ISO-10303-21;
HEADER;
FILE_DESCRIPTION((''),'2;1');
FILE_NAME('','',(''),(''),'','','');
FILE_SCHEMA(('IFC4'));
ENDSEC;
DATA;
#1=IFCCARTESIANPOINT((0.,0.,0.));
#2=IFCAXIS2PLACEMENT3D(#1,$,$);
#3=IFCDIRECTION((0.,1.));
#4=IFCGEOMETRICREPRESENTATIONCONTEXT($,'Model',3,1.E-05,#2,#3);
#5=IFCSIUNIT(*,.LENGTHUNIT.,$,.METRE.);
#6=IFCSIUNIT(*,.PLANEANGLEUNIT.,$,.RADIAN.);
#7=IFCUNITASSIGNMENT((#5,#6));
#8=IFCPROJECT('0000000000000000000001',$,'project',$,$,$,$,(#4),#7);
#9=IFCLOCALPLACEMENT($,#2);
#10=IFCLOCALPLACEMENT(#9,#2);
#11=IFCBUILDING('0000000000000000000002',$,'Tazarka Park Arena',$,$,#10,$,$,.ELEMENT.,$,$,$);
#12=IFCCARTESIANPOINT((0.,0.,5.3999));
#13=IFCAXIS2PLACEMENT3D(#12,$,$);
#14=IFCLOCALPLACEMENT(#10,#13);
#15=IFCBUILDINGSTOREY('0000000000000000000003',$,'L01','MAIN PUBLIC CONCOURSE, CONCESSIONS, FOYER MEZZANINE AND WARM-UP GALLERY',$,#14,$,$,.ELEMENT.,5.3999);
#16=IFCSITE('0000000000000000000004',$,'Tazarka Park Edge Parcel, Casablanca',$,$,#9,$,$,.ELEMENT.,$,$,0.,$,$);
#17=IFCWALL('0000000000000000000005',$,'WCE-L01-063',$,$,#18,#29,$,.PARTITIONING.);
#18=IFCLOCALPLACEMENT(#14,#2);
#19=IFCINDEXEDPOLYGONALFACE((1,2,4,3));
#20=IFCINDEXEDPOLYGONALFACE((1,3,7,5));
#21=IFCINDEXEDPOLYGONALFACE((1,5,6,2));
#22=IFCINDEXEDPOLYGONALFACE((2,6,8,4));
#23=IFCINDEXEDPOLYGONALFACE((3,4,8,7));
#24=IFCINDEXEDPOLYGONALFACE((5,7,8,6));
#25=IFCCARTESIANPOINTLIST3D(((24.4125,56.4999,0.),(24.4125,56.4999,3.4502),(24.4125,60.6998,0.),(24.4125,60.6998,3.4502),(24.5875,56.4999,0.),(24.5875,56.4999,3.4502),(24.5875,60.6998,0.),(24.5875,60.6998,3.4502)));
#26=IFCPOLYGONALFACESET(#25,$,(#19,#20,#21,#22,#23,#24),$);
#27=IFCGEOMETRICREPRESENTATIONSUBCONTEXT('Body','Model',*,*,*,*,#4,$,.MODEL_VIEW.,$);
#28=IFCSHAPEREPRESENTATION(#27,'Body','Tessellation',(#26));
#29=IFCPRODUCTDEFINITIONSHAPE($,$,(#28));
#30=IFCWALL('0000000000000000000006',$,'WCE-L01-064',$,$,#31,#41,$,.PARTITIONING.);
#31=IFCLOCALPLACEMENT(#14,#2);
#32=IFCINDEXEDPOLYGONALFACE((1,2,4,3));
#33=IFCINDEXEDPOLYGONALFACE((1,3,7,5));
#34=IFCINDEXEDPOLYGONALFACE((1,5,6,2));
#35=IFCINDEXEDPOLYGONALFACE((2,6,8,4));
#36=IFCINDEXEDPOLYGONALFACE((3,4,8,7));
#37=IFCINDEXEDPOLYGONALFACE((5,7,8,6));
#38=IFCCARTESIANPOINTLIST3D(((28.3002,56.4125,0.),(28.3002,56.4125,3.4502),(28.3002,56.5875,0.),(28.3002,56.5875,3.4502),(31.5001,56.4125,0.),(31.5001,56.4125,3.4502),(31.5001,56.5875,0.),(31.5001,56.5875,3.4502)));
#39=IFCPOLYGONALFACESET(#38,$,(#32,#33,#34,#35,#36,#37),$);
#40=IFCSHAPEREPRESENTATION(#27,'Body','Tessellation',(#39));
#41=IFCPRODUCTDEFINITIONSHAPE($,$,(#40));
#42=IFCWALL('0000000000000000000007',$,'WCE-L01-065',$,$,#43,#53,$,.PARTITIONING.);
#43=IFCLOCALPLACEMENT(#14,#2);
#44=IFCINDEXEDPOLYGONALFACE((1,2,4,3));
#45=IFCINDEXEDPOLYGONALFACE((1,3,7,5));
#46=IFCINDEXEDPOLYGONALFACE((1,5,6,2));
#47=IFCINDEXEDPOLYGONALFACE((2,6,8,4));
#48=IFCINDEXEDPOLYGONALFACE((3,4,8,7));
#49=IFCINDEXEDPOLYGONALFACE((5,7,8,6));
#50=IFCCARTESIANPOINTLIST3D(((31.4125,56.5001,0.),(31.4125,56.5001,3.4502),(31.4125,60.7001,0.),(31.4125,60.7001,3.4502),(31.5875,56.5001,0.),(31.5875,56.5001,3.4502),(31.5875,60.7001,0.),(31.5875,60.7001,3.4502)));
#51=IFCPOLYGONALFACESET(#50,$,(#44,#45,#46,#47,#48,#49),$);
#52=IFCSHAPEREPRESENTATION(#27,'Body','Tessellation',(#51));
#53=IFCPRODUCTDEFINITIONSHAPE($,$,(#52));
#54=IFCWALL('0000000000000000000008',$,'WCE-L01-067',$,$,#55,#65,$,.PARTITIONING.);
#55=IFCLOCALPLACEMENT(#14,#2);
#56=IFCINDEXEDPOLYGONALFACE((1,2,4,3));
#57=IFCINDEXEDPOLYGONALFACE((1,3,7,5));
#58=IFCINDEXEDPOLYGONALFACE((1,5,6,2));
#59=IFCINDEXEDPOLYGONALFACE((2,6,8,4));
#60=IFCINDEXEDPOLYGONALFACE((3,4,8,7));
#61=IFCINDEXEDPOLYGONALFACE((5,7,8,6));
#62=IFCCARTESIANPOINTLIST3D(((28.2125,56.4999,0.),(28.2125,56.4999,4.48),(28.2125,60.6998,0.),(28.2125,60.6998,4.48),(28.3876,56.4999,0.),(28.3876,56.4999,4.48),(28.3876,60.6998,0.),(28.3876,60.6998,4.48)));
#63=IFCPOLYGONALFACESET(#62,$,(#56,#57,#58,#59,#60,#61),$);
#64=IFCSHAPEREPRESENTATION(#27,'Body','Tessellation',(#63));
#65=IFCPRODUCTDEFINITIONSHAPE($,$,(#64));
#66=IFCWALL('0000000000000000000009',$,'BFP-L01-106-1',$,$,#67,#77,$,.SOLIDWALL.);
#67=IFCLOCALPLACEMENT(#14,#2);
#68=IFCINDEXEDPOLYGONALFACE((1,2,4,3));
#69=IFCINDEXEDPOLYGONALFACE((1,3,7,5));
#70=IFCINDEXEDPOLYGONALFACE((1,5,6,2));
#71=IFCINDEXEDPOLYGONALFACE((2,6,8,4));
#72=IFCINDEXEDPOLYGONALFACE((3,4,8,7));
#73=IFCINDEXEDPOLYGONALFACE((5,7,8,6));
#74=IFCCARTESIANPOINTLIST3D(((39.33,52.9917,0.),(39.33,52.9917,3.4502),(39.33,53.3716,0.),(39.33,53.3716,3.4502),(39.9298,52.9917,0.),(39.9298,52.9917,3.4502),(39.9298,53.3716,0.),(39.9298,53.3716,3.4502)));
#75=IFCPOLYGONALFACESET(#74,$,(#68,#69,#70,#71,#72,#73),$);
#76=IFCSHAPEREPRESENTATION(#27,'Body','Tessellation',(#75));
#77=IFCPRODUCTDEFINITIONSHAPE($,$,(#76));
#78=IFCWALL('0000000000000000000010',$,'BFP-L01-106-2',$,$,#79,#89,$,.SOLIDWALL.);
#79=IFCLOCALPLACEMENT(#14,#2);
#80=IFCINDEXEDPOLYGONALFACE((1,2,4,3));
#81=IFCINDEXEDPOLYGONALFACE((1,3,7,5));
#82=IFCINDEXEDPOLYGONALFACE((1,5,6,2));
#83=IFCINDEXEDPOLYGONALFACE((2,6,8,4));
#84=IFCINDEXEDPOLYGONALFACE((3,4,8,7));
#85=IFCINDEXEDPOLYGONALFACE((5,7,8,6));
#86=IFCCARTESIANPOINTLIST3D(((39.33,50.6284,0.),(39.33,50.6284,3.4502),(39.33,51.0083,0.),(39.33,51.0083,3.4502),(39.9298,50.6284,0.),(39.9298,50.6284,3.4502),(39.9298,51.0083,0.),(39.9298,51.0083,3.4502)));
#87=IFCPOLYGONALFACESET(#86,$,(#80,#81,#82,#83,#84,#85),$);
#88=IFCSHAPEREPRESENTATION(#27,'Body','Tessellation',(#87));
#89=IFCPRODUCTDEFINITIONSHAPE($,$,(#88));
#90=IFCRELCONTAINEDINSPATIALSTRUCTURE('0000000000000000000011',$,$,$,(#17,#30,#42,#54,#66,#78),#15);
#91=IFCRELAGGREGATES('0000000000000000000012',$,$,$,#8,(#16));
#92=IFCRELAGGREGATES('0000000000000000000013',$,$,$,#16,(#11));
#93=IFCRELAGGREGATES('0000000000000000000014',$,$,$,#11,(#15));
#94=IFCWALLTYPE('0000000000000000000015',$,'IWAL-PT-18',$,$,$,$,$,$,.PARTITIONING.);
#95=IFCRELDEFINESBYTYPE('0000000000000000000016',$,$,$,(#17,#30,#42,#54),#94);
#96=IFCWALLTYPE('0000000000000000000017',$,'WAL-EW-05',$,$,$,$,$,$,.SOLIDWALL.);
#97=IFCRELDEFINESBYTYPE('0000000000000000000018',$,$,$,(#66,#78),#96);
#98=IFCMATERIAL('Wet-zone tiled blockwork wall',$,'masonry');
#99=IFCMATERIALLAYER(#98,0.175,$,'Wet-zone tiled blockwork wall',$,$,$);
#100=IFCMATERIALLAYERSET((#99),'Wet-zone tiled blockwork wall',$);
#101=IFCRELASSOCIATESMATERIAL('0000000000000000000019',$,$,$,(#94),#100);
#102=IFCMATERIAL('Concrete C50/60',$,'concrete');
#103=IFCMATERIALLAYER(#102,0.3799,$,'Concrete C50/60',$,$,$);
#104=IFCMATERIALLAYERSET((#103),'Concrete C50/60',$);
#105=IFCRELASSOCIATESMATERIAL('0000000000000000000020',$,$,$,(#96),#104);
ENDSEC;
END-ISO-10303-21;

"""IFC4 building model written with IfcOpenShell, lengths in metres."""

from ifc_helpers import new_model, si_unit, direction, frame, frame_2d, origin, place, context, subcontext, project, spatial, rectangle, extrude, material, layer, layer_set, type_object, element, save


model = new_model("IFC4")

# Units and contexts
model_context = context("Model", 3, precision=1e-05, world=origin(), true_north=direction((0.0, 1.0)))
body_context = subcontext(model_context, "Body", "Model", "MODEL_VIEW")
ifc_project = project(units=[si_unit("LENGTHUNIT", "METRE"), si_unit("PLANEANGLEUNIT", "RADIAN")], contexts=[model_context])

# Site, building, storey
site_placement = place(None, origin())
site = spatial("IfcSite", under=ifc_project, at=site_placement, Name="Tazarka Park Edge Parcel, Casablanca", CompositionType="ELEMENT", RefElevation=0.0)
building_placement = place(site_placement, origin())
building = spatial("IfcBuilding", under=site, at=building_placement, Name="Tazarka Park Arena", CompositionType="ELEMENT")
storey_placement = place(building_placement, frame((0.0, 0.0, 5.3999)))
storey = spatial("IfcBuildingStorey", under=building, at=storey_placement, Name="L01", Description="MAIN PUBLIC CONCOURSE, CONCESSIONS, FOYER MEZZANINE AND WARM-UP GALLERY", CompositionType="ELEMENT", Elevation=5.3999)

# Shared definitions
ifc_material_1 = material(Name="Wet-zone tiled blockwork wall", Category="masonry")
ifc_layer_1 = layer(ifc_material_1, 0.175, Name="Wet-zone tiled blockwork wall")
ifc_layer_set_1 = layer_set([ifc_layer_1], Name="Wet-zone tiled blockwork wall")
wall_type_1 = type_object("IfcWallType", Name="IWAL-PT-18", PredefinedType="PARTITIONING", material=ifc_layer_set_1)

# Walls
wall_1_placement = place(storey_placement, frame((24.5, 60.7, 0.0), z_axis=(0.0, 0.0, 1.0), x_axis=(0.0, -1.0, 0.0)))
element("IfcWall", 1, at=wall_1_placement, inside=storey, type_object=wall_type_1, Name="WCE-L01-063", PredefinedType="PARTITIONING", context=body_context, shape_type="SweptSolid", body=[
    extrude(rectangle(XDim=4.2, YDim=0.175, at=frame_2d((2.1001, 0.0))), origin(), (0.0, 0.0, 1.0), 3.4502),
])
wall_2_placement = place(storey_placement, frame((28.3, 56.5, 0.0), z_axis=(0.0, 0.0, 1.0), x_axis=(1.0, 0.0, 0.0)))
element("IfcWall", 2, at=wall_2_placement, inside=storey, type_object=wall_type_1, Name="WCE-L01-064", PredefinedType="PARTITIONING", context=body_context, shape_type="SweptSolid", body=[
    extrude(rectangle(XDim=3.2, YDim=0.175, at=frame_2d((1.6001, 0.0))), origin(), (0.0, 0.0, 1.0), 3.4502),
])
wall_3_placement = place(storey_placement, frame((31.5, 56.5, 0.0), z_axis=(0.0, 0.0, 1.0), x_axis=(0.0, 1.0, 0.0)))
element("IfcWall", 3, at=wall_3_placement, inside=storey, type_object=wall_type_1, Name="WCE-L01-065", PredefinedType="PARTITIONING", context=body_context, shape_type="SweptSolid", body=[
    extrude(rectangle(XDim=4.2, YDim=0.175, at=frame_2d((2.1001, 0.0))), origin(), (0.0, 0.0, 1.0), 3.4502),
])

# Walls
wall_4_placement = place(storey_placement, frame((28.3, 60.7, 0.0), z_axis=(0.0, 0.0, 1.0), x_axis=(0.0, -1.0, 0.0)))
element("IfcWall", 4, at=wall_4_placement, inside=storey, type_object=wall_type_1, Name="WCE-L01-067", PredefinedType="PARTITIONING", context=body_context, shape_type="SweptSolid", body=[
    extrude(rectangle(XDim=4.2, YDim=0.175, at=frame_2d((2.1001, 0.0))), origin(), (0.0, 0.0, 1.0), 4.48),
])
ifc_material_2 = material(Name="Concrete C50/60", Category="concrete")
ifc_layer_2 = layer(ifc_material_2, 0.3799, Name="Concrete C50/60")
ifc_layer_set_2 = layer_set([ifc_layer_2], Name="Concrete C50/60")
wall_type_2 = type_object("IfcWallType", Name="WAL-EW-05", PredefinedType="SOLIDWALL", material=ifc_layer_set_2)
for number, where, z_axis, x_axis, name in (
    (5, (39.3301, 53.1816, 0.0), (0.0, 0.0, 1.0), (1.0, 0.0, 0.0), "BFP-L01-106-1"),
    (6, (39.3301, 50.8184, 0.0), (0.0, 0.0, 1.0), (1.0, 0.0, 0.0), "BFP-L01-106-2"),
):
    element("IfcWall", number, at=place(storey_placement, frame(where, z_axis=z_axis, x_axis=x_axis)), inside=storey, type_object=wall_type_2, Name=name, PredefinedType="SOLIDWALL", context=body_context, shape_type="SweptSolid", body=[
        extrude(rectangle(XDim=0.5999, YDim=0.3799, at=frame_2d((0.2998, 0.0))), origin(), (0.0, 0.0, 1.0), 3.4502),
    ])

save(model, "model.ifc")
